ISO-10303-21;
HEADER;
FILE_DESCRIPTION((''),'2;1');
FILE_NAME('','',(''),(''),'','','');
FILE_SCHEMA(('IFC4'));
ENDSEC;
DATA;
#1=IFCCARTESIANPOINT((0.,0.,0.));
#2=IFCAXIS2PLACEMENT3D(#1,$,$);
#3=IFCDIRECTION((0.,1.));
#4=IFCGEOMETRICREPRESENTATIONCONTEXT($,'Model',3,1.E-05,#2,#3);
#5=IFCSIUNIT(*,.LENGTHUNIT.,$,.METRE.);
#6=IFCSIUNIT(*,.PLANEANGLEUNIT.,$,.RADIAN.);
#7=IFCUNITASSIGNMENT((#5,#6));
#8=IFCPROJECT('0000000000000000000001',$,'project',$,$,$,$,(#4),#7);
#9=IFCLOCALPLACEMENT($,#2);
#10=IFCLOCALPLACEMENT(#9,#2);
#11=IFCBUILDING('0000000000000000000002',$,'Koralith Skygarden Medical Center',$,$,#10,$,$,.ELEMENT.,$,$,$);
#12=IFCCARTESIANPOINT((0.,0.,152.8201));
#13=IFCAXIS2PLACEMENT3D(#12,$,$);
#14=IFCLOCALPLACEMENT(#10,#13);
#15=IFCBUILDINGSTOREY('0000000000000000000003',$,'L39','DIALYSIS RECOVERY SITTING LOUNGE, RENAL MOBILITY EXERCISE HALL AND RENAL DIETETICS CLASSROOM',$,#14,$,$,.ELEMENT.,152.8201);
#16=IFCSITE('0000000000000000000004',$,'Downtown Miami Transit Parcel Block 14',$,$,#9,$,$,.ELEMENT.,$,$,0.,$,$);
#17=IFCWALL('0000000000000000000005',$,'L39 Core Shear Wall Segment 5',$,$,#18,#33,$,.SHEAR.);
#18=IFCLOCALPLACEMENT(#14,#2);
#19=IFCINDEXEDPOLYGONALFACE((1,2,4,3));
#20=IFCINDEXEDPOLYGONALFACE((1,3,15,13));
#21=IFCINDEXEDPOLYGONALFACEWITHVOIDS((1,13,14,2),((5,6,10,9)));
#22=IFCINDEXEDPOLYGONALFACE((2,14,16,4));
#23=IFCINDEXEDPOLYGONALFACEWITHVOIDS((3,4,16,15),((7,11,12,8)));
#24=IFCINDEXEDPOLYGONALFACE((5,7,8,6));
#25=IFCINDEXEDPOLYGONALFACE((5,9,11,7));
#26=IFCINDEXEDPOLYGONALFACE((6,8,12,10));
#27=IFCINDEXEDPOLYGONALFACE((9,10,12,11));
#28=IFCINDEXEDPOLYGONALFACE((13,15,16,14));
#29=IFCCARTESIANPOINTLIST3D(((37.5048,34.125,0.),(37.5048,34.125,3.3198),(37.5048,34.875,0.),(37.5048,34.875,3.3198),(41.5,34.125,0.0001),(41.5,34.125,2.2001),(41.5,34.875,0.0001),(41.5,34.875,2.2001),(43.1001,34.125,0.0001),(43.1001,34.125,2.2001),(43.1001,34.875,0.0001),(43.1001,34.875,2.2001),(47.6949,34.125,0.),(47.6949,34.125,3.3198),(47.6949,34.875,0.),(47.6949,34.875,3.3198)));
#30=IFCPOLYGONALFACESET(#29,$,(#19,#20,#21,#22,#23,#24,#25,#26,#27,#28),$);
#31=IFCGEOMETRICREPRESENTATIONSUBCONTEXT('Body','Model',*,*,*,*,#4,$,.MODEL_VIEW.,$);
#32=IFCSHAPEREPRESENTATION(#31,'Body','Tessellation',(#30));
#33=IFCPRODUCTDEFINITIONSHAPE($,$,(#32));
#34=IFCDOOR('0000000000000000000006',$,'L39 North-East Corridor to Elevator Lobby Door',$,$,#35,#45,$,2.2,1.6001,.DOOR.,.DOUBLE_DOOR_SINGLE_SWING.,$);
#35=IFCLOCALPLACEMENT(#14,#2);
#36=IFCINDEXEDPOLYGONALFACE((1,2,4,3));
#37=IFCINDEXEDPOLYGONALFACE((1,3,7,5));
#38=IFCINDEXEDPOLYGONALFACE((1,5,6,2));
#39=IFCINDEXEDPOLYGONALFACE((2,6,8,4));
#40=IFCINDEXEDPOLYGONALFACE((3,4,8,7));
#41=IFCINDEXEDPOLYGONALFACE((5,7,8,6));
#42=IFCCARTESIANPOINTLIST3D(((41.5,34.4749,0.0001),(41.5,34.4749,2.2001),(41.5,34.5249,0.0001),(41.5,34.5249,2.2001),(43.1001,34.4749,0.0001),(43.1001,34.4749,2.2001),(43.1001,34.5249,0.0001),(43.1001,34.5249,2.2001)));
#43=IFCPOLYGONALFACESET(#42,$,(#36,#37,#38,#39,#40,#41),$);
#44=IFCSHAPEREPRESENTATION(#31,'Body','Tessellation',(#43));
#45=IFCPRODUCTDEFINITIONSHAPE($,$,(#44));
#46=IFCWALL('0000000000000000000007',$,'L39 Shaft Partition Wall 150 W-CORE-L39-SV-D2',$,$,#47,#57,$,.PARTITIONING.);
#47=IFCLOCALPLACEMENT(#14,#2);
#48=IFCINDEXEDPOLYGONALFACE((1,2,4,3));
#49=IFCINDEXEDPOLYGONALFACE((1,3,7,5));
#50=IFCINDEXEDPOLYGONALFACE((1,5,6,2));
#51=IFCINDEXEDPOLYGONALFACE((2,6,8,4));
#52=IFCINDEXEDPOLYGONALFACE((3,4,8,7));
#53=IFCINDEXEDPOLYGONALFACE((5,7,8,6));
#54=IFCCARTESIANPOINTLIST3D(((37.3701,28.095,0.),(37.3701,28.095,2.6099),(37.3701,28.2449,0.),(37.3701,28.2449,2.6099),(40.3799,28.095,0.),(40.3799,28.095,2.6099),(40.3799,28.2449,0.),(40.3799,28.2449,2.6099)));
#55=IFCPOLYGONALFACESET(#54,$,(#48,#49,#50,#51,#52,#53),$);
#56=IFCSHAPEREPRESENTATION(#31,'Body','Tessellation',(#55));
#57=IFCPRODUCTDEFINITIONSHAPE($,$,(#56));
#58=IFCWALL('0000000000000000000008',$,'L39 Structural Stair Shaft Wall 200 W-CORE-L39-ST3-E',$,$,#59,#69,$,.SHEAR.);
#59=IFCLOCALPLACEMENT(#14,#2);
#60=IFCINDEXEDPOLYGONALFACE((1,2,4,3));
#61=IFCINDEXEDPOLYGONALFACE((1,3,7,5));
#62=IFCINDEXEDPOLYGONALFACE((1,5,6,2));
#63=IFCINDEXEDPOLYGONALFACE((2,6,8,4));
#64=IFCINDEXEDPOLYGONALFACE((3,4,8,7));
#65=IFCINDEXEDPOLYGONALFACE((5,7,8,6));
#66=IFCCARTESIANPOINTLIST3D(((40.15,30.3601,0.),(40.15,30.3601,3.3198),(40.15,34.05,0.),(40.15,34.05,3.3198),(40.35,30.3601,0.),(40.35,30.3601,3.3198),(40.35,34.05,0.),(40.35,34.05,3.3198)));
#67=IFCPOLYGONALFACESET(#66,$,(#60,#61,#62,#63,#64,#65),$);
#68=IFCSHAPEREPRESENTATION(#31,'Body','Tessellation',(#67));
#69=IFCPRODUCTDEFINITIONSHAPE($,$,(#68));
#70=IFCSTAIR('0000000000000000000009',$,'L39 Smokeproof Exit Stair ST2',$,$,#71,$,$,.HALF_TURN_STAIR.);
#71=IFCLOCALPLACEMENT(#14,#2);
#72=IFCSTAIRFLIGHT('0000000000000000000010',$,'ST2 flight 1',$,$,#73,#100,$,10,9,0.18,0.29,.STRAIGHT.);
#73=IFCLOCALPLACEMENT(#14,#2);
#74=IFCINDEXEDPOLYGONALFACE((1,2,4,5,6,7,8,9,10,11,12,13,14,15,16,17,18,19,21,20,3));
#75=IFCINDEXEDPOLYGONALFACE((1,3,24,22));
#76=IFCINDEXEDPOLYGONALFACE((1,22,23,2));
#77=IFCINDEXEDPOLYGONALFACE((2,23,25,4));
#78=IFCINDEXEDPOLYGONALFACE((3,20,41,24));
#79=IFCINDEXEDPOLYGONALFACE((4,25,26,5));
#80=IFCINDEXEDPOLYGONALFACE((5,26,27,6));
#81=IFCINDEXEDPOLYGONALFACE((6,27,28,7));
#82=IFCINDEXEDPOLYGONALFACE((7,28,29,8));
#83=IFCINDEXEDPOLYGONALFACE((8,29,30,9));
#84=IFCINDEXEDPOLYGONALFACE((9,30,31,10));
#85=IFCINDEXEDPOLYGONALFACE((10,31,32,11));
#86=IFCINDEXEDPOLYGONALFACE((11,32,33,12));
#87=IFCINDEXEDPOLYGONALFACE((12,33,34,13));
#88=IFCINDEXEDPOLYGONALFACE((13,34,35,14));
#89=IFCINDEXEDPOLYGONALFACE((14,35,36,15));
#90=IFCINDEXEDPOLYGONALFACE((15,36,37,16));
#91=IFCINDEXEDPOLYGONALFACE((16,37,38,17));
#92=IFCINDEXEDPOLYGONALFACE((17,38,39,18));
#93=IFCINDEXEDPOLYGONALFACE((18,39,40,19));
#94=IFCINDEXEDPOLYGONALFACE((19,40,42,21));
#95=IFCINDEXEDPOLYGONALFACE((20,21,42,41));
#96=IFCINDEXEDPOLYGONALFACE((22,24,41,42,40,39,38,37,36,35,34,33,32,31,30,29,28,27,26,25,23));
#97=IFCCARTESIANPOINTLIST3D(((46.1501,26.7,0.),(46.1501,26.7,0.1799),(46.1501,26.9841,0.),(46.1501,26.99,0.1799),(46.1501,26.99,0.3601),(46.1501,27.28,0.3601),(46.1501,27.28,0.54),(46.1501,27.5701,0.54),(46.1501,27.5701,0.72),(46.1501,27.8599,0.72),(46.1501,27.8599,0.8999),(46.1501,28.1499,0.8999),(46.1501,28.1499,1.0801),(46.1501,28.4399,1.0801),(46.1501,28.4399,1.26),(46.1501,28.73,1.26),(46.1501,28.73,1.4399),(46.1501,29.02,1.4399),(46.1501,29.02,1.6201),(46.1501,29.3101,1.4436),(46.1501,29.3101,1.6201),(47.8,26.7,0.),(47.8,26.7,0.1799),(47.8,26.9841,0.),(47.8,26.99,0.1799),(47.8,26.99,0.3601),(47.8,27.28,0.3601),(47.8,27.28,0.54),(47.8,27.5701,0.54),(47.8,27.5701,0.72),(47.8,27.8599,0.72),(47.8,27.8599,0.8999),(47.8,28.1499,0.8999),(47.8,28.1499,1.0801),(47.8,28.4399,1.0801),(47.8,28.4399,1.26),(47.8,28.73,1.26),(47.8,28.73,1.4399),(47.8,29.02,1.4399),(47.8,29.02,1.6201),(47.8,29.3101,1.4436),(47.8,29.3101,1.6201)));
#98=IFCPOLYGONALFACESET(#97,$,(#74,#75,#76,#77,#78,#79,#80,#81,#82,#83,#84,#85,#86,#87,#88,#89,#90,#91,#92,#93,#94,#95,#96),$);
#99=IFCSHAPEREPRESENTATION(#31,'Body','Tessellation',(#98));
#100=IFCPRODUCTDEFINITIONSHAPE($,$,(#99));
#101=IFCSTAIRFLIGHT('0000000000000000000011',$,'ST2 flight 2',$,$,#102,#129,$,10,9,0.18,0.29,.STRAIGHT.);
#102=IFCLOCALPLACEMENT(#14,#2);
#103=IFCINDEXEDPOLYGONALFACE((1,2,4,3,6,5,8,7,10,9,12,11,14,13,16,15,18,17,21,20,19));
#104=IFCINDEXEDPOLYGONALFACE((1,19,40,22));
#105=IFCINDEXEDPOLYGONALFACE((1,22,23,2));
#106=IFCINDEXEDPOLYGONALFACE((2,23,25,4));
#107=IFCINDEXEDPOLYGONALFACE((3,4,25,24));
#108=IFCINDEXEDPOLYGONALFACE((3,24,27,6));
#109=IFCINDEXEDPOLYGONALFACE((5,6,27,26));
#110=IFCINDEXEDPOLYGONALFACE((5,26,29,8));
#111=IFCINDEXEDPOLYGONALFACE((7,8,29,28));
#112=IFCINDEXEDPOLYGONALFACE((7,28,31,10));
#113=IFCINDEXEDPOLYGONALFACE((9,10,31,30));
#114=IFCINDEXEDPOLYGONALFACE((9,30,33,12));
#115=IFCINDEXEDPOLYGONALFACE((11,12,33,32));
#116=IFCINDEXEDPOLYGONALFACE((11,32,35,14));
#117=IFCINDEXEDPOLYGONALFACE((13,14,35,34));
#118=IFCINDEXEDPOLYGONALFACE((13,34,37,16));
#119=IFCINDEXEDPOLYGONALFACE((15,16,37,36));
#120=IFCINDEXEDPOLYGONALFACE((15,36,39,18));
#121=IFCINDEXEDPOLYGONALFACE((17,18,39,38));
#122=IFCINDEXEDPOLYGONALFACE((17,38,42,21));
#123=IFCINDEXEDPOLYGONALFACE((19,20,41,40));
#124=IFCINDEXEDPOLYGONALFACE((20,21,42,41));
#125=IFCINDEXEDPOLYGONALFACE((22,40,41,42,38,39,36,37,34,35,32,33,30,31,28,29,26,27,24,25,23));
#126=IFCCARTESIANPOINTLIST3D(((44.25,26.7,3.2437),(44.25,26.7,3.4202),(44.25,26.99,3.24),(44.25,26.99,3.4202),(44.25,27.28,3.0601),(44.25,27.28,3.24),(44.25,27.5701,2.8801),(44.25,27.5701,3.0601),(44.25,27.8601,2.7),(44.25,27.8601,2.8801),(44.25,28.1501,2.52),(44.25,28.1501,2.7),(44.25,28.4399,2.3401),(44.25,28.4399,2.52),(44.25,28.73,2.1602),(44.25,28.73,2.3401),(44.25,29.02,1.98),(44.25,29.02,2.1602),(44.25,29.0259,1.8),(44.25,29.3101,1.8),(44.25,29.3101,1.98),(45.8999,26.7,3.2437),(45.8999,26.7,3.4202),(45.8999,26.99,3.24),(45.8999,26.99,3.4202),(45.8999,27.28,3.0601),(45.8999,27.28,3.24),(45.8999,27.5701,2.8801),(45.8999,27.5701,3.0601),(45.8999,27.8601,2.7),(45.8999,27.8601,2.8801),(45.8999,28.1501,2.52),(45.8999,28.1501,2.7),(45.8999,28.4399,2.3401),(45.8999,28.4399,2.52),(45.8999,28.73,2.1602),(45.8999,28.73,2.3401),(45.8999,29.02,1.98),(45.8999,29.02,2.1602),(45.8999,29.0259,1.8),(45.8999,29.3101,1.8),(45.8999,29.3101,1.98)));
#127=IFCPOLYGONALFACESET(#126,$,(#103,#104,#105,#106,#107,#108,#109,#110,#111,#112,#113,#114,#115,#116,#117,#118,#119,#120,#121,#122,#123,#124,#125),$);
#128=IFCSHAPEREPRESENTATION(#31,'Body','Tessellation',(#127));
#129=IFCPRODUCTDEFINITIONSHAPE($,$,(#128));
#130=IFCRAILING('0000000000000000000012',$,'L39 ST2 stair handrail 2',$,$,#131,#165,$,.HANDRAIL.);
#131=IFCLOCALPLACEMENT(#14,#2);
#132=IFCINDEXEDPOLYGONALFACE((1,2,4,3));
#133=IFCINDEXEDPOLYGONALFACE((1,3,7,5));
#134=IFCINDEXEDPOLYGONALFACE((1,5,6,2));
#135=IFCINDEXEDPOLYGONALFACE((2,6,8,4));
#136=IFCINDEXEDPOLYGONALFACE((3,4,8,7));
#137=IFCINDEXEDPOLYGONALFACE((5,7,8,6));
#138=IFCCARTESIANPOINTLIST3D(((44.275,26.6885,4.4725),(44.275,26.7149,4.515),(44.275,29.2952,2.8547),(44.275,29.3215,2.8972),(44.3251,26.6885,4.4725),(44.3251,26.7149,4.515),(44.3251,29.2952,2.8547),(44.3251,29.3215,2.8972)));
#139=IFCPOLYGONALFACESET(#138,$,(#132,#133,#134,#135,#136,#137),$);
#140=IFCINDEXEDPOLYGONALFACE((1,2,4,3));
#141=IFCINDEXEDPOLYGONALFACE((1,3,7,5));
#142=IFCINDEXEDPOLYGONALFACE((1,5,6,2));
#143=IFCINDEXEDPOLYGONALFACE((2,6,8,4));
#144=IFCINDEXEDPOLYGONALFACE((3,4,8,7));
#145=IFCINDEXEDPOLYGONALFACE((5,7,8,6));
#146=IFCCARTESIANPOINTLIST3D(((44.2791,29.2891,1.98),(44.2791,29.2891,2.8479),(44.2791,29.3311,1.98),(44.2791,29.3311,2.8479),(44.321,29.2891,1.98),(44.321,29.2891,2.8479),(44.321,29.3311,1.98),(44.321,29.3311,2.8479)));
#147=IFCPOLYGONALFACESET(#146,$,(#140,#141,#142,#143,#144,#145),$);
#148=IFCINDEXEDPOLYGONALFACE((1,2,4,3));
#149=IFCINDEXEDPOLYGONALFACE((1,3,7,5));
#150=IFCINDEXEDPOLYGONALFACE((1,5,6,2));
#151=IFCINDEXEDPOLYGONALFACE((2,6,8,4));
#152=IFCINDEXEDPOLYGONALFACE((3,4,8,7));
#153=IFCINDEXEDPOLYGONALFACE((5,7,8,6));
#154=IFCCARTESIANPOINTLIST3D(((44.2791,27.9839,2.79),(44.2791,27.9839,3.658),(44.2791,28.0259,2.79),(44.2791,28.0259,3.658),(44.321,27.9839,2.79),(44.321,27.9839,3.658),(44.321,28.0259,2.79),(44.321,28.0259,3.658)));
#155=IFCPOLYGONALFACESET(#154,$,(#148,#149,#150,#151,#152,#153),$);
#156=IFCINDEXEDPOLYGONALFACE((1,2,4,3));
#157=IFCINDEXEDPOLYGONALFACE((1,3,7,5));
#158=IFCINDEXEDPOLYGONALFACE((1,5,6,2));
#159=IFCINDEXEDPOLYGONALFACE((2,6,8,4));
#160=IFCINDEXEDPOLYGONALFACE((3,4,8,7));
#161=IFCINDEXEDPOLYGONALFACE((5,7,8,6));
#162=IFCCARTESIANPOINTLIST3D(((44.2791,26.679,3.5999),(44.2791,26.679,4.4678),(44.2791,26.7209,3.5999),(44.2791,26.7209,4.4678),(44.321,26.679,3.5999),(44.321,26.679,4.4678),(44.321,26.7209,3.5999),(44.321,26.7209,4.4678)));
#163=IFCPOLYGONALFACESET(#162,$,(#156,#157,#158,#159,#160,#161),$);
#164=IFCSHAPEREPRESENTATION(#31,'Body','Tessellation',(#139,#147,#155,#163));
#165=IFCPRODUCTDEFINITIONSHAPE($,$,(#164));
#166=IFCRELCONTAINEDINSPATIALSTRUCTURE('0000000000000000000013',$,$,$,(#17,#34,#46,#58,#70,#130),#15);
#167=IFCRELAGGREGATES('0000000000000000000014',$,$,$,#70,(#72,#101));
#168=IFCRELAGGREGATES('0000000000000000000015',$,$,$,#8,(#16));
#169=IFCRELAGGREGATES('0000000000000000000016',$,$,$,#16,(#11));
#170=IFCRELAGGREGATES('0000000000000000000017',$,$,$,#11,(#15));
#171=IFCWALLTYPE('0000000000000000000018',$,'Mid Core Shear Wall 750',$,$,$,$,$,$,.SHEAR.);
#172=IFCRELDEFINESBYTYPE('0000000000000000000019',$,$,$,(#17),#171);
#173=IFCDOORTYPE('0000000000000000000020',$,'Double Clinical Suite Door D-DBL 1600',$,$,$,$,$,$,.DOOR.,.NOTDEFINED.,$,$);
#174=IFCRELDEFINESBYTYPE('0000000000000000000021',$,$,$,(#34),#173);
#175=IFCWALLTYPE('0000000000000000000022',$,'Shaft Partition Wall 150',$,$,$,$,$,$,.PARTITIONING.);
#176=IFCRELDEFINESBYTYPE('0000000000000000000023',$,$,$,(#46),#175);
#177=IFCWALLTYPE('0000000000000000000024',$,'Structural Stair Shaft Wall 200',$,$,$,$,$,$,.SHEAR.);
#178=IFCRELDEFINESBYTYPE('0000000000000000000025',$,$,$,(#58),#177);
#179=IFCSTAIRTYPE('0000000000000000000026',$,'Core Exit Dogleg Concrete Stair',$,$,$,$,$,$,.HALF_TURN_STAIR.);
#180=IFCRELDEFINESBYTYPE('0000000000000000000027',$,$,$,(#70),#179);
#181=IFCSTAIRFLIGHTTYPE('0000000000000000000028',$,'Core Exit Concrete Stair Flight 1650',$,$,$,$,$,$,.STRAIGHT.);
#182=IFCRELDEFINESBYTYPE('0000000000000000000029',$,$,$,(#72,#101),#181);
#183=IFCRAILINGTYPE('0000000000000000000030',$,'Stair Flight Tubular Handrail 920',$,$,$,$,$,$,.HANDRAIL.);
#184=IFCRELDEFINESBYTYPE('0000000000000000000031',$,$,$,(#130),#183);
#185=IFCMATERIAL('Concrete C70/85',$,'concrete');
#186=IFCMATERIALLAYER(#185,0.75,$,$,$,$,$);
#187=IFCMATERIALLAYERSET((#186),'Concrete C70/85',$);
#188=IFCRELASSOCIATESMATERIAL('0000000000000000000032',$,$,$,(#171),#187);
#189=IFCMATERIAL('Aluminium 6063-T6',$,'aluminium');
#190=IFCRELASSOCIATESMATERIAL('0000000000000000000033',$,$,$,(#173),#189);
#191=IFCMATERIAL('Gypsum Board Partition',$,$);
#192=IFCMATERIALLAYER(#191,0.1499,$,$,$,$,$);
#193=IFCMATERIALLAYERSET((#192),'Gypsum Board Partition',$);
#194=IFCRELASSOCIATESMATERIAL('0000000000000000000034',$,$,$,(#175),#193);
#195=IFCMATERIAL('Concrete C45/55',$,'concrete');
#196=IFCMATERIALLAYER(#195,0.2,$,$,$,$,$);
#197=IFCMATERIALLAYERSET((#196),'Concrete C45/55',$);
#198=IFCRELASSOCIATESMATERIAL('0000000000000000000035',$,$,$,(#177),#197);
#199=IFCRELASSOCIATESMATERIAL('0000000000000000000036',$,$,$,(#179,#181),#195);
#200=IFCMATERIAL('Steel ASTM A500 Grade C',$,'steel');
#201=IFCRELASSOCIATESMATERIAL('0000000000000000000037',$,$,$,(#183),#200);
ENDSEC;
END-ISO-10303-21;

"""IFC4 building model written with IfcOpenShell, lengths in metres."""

from ifc_helpers import new_model, si_unit, direction, frame, frame_2d, origin, origin_2d, place, context, subcontext, project, spatial, polyline, rectangle, outline, extrude, material, layer, layer_set, type_object, element, fill, aggregate, save


model = new_model("IFC4")

# Units and contexts
model_context = context("Model", 3, precision=1e-05, world=origin(), true_north=direction((0.0, 1.0)))
body_context = subcontext(model_context, "Body", "Model", "MODEL_VIEW")
ifc_project = project(units=[si_unit("LENGTHUNIT", "METRE"), si_unit("PLANEANGLEUNIT", "RADIAN")], contexts=[model_context])

# Site, building, storey
site_placement = place(None, origin())
site = spatial("IfcSite", under=ifc_project, at=site_placement, Name="Downtown Miami Transit Parcel Block 14", CompositionType="ELEMENT", RefElevation=0.0)
building_placement = place(site_placement, origin())
building = spatial("IfcBuilding", under=site, at=building_placement, Name="Koralith Skygarden Medical Center", CompositionType="ELEMENT")
storey_placement = place(building_placement, frame((0.0, 0.0, 152.8201)))
storey = spatial("IfcBuildingStorey", under=building, at=storey_placement, Name="L39", Description="DIALYSIS RECOVERY SITTING LOUNGE, RENAL MOBILITY EXERCISE HALL AND RENAL DIETETICS CLASSROOM", CompositionType="ELEMENT", Elevation=152.8201)

# Shared definitions
ifc_material_1 = material(Name="Concrete C70/85", Category="concrete")

# Shared definitions
ifc_material_2 = material(Name="Concrete C45/55", Category="concrete")

# Shared definitions
ifc_material_3 = material(Name="Gypsum Board Partition")

# Wall, opening, door
ifc_material_4 = material(Name="Steel ASTM A500 Grade C", Category="steel")
ifc_layer_1 = layer(ifc_material_1, 0.75)
ifc_layer_set_1 = layer_set([ifc_layer_1], Name="Concrete C70/85")
wall_type_1 = type_object("IfcWallType", Name="Mid Core Shear Wall 750", PredefinedType="SHEAR", material=ifc_layer_set_1)
wall_1_placement = place(storey_placement, frame((47.6951, 34.5, 0.0), z_axis=(0.0, 0.0, 1.0), x_axis=(-1.0, 0.0, 0.0)))
wall_1 = element("IfcWall", 1, at=wall_1_placement, inside=storey, type_object=wall_type_1, Name="L39 Core Shear Wall Segment 5", PredefinedType="SHEAR", context=body_context, shape_type="SweptSolid", body=[
    extrude(rectangle(XDim=10.1902, YDim=0.75, at=frame_2d((5.0952, 0.0))), origin(), (0.0, 0.0, 1.0), 3.3198),
])
opening_1_placement = place(wall_1_placement, frame((4.595, 0.0, 0.0)))
opening_1 = element("IfcOpeningElement", 2, at=opening_1_placement, cuts=wall_1, PredefinedType="OPENING", context=body_context, shape_type="SweptSolid", body=[
    extrude(rectangle(XDim=1.6001, YDim=2.2, at=frame_2d((0.8, 1.1001))), frame((0.0, 0.385, 0.0), z_axis=(0.0, -1.0, 0.0), x_axis=(1.0, 0.0, 0.0)), (0.0, 0.0, 1.0), 0.77),
])
ifc_material_5 = material(Name="Aluminium 6063-T6", Category="aluminium")
door_type_1 = type_object("IfcDoorType", Name="Double Clinical Suite Door D-DBL 1600", OperationType="NOTDEFINED", PredefinedType="DOOR", material=ifc_material_5)
door_1_placement = place(opening_1_placement, frame((1.6001, 0.0, 0.0), z_axis=(0.0, 0.0, 1.0), x_axis=(-1.0, 0.0, 0.0)))
door_1 = element("IfcDoor", 3, at=door_1_placement, inside=storey, type_object=door_type_1, Name="L39 North-East Corridor to Elevator Lobby Door", OperationType="DOUBLE_DOOR_SINGLE_SWING", OverallHeight=2.2, OverallWidth=1.6001, PredefinedType="DOOR", context=body_context, shape_type="SweptSolid", body=[
    extrude(rectangle(XDim=1.6001, YDim=2.2, at=frame_2d((0.8, 1.1001))), frame((0.0, 0.0249, 0.0), z_axis=(0.0, -1.0, 0.0), x_axis=(1.0, 0.0, 0.0)), (0.0, 0.0, 1.0), 0.05),
])
fill(opening_1, door_1)

# Walls
ifc_layer_2 = layer(ifc_material_3, 0.1499)
ifc_layer_set_2 = layer_set([ifc_layer_2], Name="Gypsum Board Partition")
wall_type_2 = type_object("IfcWallType", Name="Shaft Partition Wall 150", PredefinedType="PARTITIONING", material=ifc_layer_set_2)
wall_2_placement = place(storey_placement, frame((37.3701, 28.1699, 0.0), z_axis=(0.0, 0.0, 1.0), x_axis=(1.0, 0.0, 0.0)))
element("IfcWall", 4, at=wall_2_placement, inside=storey, type_object=wall_type_2, Name="L39 Shaft Partition Wall 150 W-CORE-L39-SV-D2", PredefinedType="PARTITIONING", context=body_context, shape_type="SweptSolid", body=[
    extrude(rectangle(XDim=3.0098, YDim=0.1499, at=frame_2d((1.5049, 0.0))), origin(), (0.0, 0.0, 1.0), 2.6099),
])
ifc_layer_3 = layer(ifc_material_2, 0.2)
ifc_layer_set_3 = layer_set([ifc_layer_3], Name="Concrete C45/55")
wall_type_3 = type_object("IfcWallType", Name="Structural Stair Shaft Wall 200", PredefinedType="SHEAR", material=ifc_layer_set_3)
wall_3_placement = place(storey_placement, frame((40.25, 30.3601, 0.0), z_axis=(0.0, 0.0, 1.0), x_axis=(0.0, 1.0, 0.0)))
element("IfcWall", 5, at=wall_3_placement, inside=storey, type_object=wall_type_3, Name="L39 Structural Stair Shaft Wall 200 W-CORE-L39-ST3-E", PredefinedType="SHEAR", context=body_context, shape_type="SweptSolid", body=[
    extrude(rectangle(XDim=3.6899, YDim=0.2, at=frame_2d((1.845, 0.0))), origin(), (0.0, 0.0, 1.0), 3.3198),
])

# Stair, stair flights
stair_type = type_object("IfcStairType", Name="Core Exit Dogleg Concrete Stair", PredefinedType="HALF_TURN_STAIR", material=ifc_material_2)
stair_placement = place(storey_placement, origin())
stair = element("IfcStair", 6, at=stair_placement, inside=storey, type_object=stair_type, Name="L39 Smokeproof Exit Stair ST2", PredefinedType="HALF_TURN_STAIR")
stair_flight_type = type_object("IfcStairFlightType", Name="Core Exit Concrete Stair Flight 1650", PredefinedType="STRAIGHT", material=ifc_material_2)
stair_flight_1_placement = place(storey_placement, frame((46.9751, 26.7, 0.0), z_axis=(0.0, 0.0, 1.0), x_axis=(0.0, 1.0, 0.0)))
stair_flight_1 = element("IfcStairFlight", 7, at=stair_flight_1_placement, type_object=stair_flight_type, Name="ST2 flight 1", NumberOfRisers=10, NumberOfTreads=9, PredefinedType="STRAIGHT", RiserHeight=0.18, TreadLength=0.29, context=body_context, shape_type="SweptSolid", body=[
    extrude(outline(polyline([(0.0, 0.0), (0.0, 0.1799), (0.29, 0.1799), (0.29, 0.3601), (0.5801, 0.3601), (0.5801, 0.54), (0.8701, 0.54), (0.8701, 0.72), (1.1599, 0.72), (1.1599, 0.8999), (1.45, 0.8999), (1.45, 1.0801), (1.74, 1.0801), (1.74, 1.26), (2.03, 1.26), (2.03, 1.4399), (2.3201, 1.4399), (2.3201, 1.6201), (2.6101, 1.6201), (2.6101, 1.8), (2.6101, 1.4436), (0.2842, 0.0), (0.0, 0.0)])), frame((0.0, 0.825, 0.0), z_axis=(0.0, -1.0, 0.0), x_axis=(1.0, 0.0, 0.0)), (0.0, 0.0, 1.0), 1.6499),
])
stair_flight_2_placement = place(storey_placement, frame((45.075, 29.3101, 1.8), z_axis=(0.0, 0.0, 1.0), x_axis=(0.0, -1.0, 0.0)))
stair_flight_2 = element("IfcStairFlight", 8, at=stair_flight_2_placement, type_object=stair_flight_type, Name="ST2 flight 2", NumberOfRisers=10, NumberOfTreads=9, PredefinedType="STRAIGHT", RiserHeight=0.18, TreadLength=0.29, context=body_context, shape_type="SweptSolid", body=[
    extrude(outline(polyline([(0.0, 0.0), (0.0, 0.1799), (0.29, 0.1799), (0.29, 0.3601), (0.5801, 0.3601), (0.5801, 0.54), (0.8701, 0.54), (0.8701, 0.72), (1.1599, 0.72), (1.1599, 0.8999), (1.45, 0.8999), (1.45, 1.0801), (1.74, 1.0801), (1.74, 1.26), (2.03, 1.26), (2.03, 1.4399), (2.3201, 1.4399), (2.3201, 1.6201), (2.6101, 1.6201), (2.6101, 1.8), (2.6101, 1.4436), (0.2842, 0.0), (0.0, 0.0)])), frame((0.0, 0.825, 0.0), z_axis=(0.0, -1.0, 0.0), x_axis=(1.0, 0.0, 0.0)), (0.0, 0.0, 1.0), 1.6499),
])
aggregate(stair, [stair_flight_1, stair_flight_2])

# Railing
railing_type_1 = type_object("IfcRailingType", Name="Stair Flight Tubular Handrail 920", PredefinedType="HANDRAIL", material=ifc_material_4)
railing_1_placement = place(storey_placement, frame((44.3, 29.3101, 1.98)))
element("IfcRailing", 9, at=railing_1_placement, inside=storey, type_object=railing_type_1, Name="L39 ST2 stair handrail 2", PredefinedType="HANDRAIL", context=body_context, shape_type="SweptSolid", body=[
    extrude(rectangle(XDim=0.05, YDim=0.05, at=origin_2d()), frame((0.0, -0.0017, 0.896), z_axis=(0.0, -0.849668, 0.527317), x_axis=(1.0, 0.0, 0.0)), (0.0, 0.0, 1.0), 3.0679),
    extrude(rectangle(XDim=0.042, YDim=0.042, at=origin_2d()), origin(), (0.0, 0.0, 1.0), 0.8679),
    extrude(rectangle(XDim=0.042, YDim=0.042, at=origin_2d()), frame((0.0, -1.3052, 0.8101)), (0.0, 0.0, 1.0), 0.8679),
    extrude(rectangle(XDim=0.042, YDim=0.042, at=origin_2d()), frame((0.0, -2.6101, 1.6199)), (0.0, 0.0, 1.0), 0.8679),
])

save(model, "model.ifc")
